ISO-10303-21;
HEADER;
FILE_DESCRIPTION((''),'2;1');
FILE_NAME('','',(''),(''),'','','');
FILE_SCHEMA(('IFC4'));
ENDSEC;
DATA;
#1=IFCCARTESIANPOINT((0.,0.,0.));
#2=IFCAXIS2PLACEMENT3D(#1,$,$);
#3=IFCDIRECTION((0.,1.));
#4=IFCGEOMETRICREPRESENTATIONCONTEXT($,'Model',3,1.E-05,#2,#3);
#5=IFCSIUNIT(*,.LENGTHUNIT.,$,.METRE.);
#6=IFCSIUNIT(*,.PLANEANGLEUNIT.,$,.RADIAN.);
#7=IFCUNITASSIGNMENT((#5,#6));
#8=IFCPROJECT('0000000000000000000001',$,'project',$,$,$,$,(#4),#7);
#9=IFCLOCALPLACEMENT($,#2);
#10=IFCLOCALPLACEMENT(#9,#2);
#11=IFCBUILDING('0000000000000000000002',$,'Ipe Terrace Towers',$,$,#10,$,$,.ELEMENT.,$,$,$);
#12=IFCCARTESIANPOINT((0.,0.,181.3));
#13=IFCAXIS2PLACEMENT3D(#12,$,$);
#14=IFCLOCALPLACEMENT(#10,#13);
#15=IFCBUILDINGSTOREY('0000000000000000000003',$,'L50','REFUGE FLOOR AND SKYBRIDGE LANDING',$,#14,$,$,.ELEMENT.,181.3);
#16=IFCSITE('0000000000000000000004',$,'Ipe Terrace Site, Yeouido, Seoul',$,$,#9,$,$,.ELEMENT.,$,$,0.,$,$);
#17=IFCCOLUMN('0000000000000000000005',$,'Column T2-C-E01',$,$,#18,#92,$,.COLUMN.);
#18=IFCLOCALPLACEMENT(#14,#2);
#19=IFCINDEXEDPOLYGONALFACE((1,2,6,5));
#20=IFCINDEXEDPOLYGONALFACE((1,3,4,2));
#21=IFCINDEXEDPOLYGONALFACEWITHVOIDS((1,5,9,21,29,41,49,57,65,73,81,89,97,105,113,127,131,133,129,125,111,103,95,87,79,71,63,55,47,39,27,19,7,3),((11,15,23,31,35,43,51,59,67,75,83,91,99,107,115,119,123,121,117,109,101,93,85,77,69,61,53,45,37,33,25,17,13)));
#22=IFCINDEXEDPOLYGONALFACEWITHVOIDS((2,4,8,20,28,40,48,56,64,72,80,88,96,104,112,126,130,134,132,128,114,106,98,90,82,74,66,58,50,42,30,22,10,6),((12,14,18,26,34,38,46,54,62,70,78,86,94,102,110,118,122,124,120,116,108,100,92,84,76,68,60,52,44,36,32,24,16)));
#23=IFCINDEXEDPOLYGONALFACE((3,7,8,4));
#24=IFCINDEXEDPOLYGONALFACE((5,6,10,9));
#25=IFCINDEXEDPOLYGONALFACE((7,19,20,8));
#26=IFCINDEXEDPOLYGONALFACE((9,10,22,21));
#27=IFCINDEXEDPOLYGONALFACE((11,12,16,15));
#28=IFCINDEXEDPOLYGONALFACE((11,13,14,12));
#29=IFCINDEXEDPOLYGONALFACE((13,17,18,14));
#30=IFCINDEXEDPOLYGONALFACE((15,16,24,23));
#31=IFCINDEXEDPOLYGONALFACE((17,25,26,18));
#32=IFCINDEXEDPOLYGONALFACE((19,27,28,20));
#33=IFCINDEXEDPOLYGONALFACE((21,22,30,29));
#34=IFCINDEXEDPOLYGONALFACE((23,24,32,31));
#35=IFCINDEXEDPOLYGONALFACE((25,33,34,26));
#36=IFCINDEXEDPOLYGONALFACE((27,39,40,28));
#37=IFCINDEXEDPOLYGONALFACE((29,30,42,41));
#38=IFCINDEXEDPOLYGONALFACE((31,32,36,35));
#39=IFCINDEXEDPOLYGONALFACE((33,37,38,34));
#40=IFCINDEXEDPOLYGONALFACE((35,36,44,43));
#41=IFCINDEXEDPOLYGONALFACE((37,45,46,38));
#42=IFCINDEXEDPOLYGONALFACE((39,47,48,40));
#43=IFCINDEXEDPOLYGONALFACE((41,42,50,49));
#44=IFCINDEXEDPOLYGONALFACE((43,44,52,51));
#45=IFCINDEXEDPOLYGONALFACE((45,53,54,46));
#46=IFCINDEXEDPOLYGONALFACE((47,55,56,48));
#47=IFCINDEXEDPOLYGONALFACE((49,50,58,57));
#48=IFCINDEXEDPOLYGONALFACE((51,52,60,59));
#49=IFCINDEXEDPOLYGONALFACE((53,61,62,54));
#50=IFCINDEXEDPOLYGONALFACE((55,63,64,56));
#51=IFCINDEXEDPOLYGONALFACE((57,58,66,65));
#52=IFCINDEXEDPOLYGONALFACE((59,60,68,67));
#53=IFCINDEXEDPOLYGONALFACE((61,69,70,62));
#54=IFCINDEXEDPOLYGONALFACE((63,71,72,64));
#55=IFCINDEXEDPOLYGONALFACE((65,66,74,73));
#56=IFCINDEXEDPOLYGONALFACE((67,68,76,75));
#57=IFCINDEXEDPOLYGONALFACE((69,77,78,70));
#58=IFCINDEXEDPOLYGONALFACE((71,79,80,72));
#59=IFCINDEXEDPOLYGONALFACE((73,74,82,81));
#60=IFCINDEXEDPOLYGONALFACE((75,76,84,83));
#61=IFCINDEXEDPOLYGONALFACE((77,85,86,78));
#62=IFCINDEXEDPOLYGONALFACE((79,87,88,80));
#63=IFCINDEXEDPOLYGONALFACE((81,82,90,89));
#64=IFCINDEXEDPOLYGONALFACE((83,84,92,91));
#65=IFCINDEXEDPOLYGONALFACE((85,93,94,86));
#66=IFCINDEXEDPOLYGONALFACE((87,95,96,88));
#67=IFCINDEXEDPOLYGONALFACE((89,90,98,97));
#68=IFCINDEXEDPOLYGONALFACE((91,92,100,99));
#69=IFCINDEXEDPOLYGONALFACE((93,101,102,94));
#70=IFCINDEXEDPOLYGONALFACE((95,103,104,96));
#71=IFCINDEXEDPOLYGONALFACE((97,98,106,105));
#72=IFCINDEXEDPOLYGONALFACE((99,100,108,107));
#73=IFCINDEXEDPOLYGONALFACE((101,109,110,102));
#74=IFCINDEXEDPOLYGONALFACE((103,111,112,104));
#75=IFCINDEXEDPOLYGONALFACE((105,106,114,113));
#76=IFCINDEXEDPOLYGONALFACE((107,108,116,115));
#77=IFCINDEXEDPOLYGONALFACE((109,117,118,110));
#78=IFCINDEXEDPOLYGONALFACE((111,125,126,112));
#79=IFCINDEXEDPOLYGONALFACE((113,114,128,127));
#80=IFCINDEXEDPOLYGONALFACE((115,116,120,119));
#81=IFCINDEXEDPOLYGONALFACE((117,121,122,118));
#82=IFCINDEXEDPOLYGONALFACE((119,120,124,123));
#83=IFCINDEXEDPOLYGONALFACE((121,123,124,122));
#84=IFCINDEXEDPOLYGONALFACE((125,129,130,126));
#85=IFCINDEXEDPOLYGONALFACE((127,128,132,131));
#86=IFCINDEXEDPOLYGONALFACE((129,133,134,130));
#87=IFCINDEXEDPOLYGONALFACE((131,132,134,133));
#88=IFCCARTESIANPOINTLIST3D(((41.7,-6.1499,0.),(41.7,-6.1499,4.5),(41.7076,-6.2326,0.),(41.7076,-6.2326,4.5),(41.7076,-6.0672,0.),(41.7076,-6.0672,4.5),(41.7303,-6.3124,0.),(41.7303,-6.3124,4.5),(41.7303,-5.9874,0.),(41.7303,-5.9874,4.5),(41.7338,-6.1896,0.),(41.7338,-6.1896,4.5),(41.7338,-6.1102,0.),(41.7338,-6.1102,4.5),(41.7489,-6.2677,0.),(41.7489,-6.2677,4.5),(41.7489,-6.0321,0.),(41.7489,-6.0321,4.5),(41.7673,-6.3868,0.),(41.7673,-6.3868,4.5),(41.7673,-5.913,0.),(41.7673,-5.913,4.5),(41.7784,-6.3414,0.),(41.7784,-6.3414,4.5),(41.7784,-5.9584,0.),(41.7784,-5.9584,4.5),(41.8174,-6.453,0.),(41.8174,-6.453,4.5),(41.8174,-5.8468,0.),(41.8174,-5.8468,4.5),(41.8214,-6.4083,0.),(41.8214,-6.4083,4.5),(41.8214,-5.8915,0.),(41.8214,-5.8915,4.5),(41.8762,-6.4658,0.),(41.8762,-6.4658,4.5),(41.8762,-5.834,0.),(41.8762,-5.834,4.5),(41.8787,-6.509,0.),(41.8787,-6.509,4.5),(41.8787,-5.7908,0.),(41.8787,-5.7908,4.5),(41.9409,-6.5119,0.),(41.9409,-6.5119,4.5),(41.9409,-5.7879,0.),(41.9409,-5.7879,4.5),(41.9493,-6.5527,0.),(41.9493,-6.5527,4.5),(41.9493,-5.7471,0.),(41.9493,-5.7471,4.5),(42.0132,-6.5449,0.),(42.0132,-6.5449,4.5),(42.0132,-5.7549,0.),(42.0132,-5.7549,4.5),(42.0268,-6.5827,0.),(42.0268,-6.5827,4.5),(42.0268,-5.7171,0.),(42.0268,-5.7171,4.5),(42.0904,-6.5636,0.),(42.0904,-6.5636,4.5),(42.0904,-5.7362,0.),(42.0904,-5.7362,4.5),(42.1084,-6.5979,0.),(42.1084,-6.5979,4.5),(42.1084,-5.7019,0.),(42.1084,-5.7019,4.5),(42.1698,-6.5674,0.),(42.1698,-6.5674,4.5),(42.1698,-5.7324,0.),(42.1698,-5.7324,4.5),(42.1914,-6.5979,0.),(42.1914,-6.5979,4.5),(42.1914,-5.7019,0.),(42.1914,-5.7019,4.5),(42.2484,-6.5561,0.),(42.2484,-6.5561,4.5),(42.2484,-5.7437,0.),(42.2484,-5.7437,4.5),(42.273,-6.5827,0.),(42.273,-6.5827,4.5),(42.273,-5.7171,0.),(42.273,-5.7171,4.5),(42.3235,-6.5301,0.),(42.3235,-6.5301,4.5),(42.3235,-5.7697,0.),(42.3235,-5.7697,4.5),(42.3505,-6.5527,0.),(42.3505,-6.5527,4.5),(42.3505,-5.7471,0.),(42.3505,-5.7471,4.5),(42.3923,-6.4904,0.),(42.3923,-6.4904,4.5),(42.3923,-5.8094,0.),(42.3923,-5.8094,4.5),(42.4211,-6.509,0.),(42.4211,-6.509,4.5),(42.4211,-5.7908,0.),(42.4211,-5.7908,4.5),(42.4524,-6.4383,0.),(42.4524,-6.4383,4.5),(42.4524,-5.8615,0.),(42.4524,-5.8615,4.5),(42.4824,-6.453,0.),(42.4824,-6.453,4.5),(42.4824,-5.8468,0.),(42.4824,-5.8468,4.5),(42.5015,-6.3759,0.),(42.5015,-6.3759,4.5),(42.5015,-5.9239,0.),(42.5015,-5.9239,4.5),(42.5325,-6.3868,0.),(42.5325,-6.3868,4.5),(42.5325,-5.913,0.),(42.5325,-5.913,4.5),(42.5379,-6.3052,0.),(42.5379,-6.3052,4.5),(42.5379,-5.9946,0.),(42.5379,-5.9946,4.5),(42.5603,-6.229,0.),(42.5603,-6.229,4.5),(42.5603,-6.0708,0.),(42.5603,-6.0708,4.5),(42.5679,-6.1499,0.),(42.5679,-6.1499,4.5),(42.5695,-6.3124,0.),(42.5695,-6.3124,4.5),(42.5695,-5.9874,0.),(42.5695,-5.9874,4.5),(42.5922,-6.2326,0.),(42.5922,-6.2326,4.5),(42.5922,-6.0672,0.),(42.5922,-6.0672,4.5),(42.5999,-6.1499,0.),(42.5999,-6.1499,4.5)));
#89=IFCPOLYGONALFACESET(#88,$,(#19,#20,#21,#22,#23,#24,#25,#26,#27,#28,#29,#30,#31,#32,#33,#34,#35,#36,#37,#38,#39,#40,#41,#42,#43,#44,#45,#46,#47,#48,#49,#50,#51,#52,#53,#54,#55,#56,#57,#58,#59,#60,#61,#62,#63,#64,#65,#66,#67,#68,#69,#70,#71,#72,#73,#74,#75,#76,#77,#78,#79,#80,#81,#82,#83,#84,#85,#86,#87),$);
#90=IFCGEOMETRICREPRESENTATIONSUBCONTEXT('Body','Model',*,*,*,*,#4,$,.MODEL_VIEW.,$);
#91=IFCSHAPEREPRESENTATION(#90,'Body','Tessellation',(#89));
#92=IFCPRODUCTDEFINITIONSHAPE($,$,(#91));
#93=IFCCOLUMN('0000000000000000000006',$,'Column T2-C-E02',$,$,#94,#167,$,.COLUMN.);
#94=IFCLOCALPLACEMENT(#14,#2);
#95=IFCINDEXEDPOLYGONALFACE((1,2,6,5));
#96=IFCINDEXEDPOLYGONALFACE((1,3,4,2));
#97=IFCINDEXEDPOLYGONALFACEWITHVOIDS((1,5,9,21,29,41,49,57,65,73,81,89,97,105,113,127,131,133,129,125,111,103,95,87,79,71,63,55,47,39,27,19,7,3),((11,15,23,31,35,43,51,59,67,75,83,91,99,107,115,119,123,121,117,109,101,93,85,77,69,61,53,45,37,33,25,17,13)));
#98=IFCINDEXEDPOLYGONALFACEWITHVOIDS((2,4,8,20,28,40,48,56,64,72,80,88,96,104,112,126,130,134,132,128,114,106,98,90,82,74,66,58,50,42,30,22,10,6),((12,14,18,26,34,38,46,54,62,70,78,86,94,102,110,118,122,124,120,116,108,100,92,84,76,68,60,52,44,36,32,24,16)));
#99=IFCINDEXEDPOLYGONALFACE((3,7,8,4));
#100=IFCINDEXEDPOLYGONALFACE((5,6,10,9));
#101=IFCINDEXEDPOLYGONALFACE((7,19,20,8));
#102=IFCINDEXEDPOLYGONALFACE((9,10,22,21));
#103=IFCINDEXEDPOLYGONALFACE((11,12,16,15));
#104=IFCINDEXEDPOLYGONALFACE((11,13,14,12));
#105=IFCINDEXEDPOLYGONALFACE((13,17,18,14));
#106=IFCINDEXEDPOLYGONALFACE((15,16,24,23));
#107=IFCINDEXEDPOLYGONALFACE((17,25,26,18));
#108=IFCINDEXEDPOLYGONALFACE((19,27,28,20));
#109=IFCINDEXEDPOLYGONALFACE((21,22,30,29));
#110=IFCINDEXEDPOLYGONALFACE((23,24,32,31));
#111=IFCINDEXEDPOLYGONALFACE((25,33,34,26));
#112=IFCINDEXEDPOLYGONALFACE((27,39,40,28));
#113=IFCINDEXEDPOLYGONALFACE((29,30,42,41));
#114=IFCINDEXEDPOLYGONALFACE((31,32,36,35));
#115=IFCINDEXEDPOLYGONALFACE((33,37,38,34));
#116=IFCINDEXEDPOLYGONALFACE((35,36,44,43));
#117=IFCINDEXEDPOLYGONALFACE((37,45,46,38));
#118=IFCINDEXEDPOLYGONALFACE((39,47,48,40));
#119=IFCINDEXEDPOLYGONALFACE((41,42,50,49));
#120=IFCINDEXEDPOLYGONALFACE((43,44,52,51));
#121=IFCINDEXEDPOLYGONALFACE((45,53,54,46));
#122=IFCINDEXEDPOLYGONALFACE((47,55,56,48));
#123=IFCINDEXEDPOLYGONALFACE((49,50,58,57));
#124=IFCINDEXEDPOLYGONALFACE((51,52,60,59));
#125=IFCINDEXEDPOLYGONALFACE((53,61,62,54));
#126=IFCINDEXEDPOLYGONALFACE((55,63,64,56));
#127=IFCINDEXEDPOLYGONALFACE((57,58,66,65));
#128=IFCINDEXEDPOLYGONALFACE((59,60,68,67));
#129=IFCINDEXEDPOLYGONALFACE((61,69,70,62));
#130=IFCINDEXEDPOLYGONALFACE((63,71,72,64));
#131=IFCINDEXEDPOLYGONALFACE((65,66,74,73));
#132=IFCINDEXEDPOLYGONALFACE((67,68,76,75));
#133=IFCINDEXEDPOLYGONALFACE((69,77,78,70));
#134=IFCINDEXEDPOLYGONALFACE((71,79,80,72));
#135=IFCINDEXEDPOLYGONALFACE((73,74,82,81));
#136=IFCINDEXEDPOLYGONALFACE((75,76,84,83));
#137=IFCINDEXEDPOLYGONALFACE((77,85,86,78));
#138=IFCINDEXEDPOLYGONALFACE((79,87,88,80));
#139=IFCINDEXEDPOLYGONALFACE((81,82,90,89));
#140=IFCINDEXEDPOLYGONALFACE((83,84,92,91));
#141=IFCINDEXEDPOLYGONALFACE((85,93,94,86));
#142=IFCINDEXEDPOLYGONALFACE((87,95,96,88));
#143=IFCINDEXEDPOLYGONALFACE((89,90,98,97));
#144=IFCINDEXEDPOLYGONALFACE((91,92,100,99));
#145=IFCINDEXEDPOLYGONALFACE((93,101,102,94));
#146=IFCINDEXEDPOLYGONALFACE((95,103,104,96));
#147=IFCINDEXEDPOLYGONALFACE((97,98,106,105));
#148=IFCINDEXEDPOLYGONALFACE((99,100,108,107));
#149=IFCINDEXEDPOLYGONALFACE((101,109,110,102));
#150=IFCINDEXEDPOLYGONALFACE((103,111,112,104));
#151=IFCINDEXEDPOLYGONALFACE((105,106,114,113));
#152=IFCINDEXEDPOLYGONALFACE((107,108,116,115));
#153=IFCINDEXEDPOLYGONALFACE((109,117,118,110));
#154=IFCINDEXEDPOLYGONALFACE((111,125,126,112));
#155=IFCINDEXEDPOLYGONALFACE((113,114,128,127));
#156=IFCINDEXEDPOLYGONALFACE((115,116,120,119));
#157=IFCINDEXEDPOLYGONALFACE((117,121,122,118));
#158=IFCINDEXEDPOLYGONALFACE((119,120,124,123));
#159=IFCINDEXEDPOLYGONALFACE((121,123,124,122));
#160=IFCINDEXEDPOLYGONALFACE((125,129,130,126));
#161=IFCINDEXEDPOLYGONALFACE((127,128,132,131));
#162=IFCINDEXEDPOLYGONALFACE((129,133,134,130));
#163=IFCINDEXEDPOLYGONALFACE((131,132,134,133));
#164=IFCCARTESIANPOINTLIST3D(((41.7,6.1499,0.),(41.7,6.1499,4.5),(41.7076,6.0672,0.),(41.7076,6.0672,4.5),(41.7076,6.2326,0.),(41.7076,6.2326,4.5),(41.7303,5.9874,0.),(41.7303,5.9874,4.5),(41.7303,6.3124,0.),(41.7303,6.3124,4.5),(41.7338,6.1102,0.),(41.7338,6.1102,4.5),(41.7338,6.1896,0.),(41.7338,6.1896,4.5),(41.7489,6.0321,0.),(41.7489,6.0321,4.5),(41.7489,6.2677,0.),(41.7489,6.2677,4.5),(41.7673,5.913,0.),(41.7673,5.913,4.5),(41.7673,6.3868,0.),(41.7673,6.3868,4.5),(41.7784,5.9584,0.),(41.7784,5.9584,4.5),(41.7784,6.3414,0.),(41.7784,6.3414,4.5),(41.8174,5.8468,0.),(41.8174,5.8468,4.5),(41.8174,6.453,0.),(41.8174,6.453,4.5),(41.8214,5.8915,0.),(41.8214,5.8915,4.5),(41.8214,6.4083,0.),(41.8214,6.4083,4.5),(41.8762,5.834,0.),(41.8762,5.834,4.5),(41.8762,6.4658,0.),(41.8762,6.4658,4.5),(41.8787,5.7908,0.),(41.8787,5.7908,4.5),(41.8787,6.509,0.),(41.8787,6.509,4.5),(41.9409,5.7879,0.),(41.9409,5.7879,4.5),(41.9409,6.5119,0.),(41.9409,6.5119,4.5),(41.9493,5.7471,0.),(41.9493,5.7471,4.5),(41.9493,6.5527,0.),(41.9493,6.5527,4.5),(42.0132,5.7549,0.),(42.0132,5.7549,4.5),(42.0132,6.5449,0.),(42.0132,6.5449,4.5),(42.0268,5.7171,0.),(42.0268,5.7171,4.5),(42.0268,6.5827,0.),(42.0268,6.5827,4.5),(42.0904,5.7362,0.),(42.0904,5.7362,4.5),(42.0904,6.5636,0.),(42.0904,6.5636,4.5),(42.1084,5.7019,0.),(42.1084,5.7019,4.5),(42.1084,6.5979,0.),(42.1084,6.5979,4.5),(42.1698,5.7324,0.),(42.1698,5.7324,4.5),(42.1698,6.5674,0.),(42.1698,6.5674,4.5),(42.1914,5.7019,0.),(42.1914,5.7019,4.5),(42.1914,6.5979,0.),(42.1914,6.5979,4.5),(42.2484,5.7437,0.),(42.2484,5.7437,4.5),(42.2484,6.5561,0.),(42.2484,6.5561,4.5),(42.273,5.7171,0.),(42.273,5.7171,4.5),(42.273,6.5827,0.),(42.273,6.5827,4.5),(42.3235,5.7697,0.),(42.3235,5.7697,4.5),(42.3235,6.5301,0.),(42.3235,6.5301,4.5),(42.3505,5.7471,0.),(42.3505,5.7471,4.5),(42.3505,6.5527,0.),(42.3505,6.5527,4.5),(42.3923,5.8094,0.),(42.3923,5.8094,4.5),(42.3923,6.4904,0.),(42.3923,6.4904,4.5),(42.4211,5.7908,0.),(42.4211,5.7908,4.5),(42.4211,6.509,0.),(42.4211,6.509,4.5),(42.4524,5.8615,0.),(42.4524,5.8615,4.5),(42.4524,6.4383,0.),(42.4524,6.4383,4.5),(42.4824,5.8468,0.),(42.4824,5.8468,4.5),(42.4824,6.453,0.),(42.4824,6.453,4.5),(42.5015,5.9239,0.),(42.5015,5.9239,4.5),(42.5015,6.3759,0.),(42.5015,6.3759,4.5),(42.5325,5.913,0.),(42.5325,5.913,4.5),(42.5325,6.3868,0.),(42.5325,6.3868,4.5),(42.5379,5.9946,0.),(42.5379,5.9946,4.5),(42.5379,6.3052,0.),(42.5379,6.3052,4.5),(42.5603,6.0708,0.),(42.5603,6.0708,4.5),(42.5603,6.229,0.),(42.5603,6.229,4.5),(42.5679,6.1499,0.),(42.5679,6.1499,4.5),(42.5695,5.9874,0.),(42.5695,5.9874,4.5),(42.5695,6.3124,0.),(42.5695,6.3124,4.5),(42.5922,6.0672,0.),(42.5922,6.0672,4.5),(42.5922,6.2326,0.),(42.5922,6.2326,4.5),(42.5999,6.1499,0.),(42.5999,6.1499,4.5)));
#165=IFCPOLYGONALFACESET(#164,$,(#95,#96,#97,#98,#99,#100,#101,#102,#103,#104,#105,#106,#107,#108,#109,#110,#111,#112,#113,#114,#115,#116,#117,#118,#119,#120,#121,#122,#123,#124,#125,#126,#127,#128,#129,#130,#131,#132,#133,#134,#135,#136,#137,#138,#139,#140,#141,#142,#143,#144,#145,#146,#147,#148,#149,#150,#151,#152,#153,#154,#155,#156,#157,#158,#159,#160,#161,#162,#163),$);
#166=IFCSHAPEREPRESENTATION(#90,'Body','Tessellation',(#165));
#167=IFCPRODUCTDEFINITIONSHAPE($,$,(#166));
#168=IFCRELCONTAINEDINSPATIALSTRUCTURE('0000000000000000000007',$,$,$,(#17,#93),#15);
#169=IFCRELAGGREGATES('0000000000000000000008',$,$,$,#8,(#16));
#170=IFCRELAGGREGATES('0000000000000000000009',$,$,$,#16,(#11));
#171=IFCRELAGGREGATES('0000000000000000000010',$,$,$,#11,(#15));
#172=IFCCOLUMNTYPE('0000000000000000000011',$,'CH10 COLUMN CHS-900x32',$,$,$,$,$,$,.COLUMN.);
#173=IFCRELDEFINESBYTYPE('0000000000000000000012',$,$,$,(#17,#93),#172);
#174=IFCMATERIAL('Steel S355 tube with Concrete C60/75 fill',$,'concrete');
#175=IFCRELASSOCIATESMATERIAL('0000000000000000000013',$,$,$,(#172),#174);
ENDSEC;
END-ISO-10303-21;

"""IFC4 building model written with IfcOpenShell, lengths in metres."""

from ifc_helpers import new_model, si_unit, direction, frame, origin, origin_2d, place, context, subcontext, project, spatial, hollow_circle, extrude, material, material_profile, profile_set, type_object, element, save


model = new_model("IFC4")

# Units and contexts
model_context = context("Model", 3, precision=1e-05, world=origin(), true_north=direction((0.0, 1.0)))
body_context = subcontext(model_context, "Body", "Model", "MODEL_VIEW")
ifc_project = project(units=[si_unit("LENGTHUNIT", "METRE"), si_unit("PLANEANGLEUNIT", "RADIAN")], contexts=[model_context])

# Site, building, storey
site_placement = place(None, origin())
site = spatial("IfcSite", under=ifc_project, at=site_placement, Name="Ipe Terrace Site, Yeouido, Seoul", CompositionType="ELEMENT", RefElevation=0.0)
building_placement = place(site_placement, origin())
building = spatial("IfcBuilding", under=site, at=building_placement, Name="Ipe Terrace Towers", CompositionType="ELEMENT")
storey_placement = place(building_placement, frame((0.0, 0.0, 181.3)))
storey = spatial("IfcBuildingStorey", under=building, at=storey_placement, Name="L50", Description="REFUGE FLOOR AND SKYBRIDGE LANDING", CompositionType="ELEMENT", Elevation=181.3)

# Columns
ifc_material_1 = material(Name="Steel S355 tube with Concrete C60/75 fill", Category="concrete")
ifc_material_profile_1 = material_profile(ifc_material_1, hollow_circle(Radius=0.45, WallThickness=0.032, at=origin_2d()), Name="CHS-900x32")
ifc_profile_set_1 = profile_set([ifc_material_profile_1], Name="Steel S355 tube with Concrete C60/75 fill")
column_type = type_object("IfcColumnType", Name="CH10 COLUMN CHS-900x32", PredefinedType="COLUMN", material=ifc_profile_set_1)
for number, where, z_axis, x_axis, name in (
    (1, (42.1499, -6.1499, 0.0), (0.0, 0.0, 1.0), (1.0, 0.0, 0.0), "Column T2-C-E01"),
    (2, (42.1499, 6.1499, 0.0), (0.0, 0.0, 1.0), (1.0, 0.0, 0.0), "Column T2-C-E02"),
):
    element("IfcColumn", number, at=place(storey_placement, frame(where, z_axis=z_axis, x_axis=x_axis)), inside=storey, type_object=column_type, Name=name, PredefinedType="COLUMN", context=body_context, shape_type="SweptSolid", body=[
        extrude(hollow_circle(Radius=0.45, WallThickness=0.032, at=origin_2d()), origin(), (0.0, 0.0, 1.0), 4.5),
    ])

save(model, "model.ifc")
